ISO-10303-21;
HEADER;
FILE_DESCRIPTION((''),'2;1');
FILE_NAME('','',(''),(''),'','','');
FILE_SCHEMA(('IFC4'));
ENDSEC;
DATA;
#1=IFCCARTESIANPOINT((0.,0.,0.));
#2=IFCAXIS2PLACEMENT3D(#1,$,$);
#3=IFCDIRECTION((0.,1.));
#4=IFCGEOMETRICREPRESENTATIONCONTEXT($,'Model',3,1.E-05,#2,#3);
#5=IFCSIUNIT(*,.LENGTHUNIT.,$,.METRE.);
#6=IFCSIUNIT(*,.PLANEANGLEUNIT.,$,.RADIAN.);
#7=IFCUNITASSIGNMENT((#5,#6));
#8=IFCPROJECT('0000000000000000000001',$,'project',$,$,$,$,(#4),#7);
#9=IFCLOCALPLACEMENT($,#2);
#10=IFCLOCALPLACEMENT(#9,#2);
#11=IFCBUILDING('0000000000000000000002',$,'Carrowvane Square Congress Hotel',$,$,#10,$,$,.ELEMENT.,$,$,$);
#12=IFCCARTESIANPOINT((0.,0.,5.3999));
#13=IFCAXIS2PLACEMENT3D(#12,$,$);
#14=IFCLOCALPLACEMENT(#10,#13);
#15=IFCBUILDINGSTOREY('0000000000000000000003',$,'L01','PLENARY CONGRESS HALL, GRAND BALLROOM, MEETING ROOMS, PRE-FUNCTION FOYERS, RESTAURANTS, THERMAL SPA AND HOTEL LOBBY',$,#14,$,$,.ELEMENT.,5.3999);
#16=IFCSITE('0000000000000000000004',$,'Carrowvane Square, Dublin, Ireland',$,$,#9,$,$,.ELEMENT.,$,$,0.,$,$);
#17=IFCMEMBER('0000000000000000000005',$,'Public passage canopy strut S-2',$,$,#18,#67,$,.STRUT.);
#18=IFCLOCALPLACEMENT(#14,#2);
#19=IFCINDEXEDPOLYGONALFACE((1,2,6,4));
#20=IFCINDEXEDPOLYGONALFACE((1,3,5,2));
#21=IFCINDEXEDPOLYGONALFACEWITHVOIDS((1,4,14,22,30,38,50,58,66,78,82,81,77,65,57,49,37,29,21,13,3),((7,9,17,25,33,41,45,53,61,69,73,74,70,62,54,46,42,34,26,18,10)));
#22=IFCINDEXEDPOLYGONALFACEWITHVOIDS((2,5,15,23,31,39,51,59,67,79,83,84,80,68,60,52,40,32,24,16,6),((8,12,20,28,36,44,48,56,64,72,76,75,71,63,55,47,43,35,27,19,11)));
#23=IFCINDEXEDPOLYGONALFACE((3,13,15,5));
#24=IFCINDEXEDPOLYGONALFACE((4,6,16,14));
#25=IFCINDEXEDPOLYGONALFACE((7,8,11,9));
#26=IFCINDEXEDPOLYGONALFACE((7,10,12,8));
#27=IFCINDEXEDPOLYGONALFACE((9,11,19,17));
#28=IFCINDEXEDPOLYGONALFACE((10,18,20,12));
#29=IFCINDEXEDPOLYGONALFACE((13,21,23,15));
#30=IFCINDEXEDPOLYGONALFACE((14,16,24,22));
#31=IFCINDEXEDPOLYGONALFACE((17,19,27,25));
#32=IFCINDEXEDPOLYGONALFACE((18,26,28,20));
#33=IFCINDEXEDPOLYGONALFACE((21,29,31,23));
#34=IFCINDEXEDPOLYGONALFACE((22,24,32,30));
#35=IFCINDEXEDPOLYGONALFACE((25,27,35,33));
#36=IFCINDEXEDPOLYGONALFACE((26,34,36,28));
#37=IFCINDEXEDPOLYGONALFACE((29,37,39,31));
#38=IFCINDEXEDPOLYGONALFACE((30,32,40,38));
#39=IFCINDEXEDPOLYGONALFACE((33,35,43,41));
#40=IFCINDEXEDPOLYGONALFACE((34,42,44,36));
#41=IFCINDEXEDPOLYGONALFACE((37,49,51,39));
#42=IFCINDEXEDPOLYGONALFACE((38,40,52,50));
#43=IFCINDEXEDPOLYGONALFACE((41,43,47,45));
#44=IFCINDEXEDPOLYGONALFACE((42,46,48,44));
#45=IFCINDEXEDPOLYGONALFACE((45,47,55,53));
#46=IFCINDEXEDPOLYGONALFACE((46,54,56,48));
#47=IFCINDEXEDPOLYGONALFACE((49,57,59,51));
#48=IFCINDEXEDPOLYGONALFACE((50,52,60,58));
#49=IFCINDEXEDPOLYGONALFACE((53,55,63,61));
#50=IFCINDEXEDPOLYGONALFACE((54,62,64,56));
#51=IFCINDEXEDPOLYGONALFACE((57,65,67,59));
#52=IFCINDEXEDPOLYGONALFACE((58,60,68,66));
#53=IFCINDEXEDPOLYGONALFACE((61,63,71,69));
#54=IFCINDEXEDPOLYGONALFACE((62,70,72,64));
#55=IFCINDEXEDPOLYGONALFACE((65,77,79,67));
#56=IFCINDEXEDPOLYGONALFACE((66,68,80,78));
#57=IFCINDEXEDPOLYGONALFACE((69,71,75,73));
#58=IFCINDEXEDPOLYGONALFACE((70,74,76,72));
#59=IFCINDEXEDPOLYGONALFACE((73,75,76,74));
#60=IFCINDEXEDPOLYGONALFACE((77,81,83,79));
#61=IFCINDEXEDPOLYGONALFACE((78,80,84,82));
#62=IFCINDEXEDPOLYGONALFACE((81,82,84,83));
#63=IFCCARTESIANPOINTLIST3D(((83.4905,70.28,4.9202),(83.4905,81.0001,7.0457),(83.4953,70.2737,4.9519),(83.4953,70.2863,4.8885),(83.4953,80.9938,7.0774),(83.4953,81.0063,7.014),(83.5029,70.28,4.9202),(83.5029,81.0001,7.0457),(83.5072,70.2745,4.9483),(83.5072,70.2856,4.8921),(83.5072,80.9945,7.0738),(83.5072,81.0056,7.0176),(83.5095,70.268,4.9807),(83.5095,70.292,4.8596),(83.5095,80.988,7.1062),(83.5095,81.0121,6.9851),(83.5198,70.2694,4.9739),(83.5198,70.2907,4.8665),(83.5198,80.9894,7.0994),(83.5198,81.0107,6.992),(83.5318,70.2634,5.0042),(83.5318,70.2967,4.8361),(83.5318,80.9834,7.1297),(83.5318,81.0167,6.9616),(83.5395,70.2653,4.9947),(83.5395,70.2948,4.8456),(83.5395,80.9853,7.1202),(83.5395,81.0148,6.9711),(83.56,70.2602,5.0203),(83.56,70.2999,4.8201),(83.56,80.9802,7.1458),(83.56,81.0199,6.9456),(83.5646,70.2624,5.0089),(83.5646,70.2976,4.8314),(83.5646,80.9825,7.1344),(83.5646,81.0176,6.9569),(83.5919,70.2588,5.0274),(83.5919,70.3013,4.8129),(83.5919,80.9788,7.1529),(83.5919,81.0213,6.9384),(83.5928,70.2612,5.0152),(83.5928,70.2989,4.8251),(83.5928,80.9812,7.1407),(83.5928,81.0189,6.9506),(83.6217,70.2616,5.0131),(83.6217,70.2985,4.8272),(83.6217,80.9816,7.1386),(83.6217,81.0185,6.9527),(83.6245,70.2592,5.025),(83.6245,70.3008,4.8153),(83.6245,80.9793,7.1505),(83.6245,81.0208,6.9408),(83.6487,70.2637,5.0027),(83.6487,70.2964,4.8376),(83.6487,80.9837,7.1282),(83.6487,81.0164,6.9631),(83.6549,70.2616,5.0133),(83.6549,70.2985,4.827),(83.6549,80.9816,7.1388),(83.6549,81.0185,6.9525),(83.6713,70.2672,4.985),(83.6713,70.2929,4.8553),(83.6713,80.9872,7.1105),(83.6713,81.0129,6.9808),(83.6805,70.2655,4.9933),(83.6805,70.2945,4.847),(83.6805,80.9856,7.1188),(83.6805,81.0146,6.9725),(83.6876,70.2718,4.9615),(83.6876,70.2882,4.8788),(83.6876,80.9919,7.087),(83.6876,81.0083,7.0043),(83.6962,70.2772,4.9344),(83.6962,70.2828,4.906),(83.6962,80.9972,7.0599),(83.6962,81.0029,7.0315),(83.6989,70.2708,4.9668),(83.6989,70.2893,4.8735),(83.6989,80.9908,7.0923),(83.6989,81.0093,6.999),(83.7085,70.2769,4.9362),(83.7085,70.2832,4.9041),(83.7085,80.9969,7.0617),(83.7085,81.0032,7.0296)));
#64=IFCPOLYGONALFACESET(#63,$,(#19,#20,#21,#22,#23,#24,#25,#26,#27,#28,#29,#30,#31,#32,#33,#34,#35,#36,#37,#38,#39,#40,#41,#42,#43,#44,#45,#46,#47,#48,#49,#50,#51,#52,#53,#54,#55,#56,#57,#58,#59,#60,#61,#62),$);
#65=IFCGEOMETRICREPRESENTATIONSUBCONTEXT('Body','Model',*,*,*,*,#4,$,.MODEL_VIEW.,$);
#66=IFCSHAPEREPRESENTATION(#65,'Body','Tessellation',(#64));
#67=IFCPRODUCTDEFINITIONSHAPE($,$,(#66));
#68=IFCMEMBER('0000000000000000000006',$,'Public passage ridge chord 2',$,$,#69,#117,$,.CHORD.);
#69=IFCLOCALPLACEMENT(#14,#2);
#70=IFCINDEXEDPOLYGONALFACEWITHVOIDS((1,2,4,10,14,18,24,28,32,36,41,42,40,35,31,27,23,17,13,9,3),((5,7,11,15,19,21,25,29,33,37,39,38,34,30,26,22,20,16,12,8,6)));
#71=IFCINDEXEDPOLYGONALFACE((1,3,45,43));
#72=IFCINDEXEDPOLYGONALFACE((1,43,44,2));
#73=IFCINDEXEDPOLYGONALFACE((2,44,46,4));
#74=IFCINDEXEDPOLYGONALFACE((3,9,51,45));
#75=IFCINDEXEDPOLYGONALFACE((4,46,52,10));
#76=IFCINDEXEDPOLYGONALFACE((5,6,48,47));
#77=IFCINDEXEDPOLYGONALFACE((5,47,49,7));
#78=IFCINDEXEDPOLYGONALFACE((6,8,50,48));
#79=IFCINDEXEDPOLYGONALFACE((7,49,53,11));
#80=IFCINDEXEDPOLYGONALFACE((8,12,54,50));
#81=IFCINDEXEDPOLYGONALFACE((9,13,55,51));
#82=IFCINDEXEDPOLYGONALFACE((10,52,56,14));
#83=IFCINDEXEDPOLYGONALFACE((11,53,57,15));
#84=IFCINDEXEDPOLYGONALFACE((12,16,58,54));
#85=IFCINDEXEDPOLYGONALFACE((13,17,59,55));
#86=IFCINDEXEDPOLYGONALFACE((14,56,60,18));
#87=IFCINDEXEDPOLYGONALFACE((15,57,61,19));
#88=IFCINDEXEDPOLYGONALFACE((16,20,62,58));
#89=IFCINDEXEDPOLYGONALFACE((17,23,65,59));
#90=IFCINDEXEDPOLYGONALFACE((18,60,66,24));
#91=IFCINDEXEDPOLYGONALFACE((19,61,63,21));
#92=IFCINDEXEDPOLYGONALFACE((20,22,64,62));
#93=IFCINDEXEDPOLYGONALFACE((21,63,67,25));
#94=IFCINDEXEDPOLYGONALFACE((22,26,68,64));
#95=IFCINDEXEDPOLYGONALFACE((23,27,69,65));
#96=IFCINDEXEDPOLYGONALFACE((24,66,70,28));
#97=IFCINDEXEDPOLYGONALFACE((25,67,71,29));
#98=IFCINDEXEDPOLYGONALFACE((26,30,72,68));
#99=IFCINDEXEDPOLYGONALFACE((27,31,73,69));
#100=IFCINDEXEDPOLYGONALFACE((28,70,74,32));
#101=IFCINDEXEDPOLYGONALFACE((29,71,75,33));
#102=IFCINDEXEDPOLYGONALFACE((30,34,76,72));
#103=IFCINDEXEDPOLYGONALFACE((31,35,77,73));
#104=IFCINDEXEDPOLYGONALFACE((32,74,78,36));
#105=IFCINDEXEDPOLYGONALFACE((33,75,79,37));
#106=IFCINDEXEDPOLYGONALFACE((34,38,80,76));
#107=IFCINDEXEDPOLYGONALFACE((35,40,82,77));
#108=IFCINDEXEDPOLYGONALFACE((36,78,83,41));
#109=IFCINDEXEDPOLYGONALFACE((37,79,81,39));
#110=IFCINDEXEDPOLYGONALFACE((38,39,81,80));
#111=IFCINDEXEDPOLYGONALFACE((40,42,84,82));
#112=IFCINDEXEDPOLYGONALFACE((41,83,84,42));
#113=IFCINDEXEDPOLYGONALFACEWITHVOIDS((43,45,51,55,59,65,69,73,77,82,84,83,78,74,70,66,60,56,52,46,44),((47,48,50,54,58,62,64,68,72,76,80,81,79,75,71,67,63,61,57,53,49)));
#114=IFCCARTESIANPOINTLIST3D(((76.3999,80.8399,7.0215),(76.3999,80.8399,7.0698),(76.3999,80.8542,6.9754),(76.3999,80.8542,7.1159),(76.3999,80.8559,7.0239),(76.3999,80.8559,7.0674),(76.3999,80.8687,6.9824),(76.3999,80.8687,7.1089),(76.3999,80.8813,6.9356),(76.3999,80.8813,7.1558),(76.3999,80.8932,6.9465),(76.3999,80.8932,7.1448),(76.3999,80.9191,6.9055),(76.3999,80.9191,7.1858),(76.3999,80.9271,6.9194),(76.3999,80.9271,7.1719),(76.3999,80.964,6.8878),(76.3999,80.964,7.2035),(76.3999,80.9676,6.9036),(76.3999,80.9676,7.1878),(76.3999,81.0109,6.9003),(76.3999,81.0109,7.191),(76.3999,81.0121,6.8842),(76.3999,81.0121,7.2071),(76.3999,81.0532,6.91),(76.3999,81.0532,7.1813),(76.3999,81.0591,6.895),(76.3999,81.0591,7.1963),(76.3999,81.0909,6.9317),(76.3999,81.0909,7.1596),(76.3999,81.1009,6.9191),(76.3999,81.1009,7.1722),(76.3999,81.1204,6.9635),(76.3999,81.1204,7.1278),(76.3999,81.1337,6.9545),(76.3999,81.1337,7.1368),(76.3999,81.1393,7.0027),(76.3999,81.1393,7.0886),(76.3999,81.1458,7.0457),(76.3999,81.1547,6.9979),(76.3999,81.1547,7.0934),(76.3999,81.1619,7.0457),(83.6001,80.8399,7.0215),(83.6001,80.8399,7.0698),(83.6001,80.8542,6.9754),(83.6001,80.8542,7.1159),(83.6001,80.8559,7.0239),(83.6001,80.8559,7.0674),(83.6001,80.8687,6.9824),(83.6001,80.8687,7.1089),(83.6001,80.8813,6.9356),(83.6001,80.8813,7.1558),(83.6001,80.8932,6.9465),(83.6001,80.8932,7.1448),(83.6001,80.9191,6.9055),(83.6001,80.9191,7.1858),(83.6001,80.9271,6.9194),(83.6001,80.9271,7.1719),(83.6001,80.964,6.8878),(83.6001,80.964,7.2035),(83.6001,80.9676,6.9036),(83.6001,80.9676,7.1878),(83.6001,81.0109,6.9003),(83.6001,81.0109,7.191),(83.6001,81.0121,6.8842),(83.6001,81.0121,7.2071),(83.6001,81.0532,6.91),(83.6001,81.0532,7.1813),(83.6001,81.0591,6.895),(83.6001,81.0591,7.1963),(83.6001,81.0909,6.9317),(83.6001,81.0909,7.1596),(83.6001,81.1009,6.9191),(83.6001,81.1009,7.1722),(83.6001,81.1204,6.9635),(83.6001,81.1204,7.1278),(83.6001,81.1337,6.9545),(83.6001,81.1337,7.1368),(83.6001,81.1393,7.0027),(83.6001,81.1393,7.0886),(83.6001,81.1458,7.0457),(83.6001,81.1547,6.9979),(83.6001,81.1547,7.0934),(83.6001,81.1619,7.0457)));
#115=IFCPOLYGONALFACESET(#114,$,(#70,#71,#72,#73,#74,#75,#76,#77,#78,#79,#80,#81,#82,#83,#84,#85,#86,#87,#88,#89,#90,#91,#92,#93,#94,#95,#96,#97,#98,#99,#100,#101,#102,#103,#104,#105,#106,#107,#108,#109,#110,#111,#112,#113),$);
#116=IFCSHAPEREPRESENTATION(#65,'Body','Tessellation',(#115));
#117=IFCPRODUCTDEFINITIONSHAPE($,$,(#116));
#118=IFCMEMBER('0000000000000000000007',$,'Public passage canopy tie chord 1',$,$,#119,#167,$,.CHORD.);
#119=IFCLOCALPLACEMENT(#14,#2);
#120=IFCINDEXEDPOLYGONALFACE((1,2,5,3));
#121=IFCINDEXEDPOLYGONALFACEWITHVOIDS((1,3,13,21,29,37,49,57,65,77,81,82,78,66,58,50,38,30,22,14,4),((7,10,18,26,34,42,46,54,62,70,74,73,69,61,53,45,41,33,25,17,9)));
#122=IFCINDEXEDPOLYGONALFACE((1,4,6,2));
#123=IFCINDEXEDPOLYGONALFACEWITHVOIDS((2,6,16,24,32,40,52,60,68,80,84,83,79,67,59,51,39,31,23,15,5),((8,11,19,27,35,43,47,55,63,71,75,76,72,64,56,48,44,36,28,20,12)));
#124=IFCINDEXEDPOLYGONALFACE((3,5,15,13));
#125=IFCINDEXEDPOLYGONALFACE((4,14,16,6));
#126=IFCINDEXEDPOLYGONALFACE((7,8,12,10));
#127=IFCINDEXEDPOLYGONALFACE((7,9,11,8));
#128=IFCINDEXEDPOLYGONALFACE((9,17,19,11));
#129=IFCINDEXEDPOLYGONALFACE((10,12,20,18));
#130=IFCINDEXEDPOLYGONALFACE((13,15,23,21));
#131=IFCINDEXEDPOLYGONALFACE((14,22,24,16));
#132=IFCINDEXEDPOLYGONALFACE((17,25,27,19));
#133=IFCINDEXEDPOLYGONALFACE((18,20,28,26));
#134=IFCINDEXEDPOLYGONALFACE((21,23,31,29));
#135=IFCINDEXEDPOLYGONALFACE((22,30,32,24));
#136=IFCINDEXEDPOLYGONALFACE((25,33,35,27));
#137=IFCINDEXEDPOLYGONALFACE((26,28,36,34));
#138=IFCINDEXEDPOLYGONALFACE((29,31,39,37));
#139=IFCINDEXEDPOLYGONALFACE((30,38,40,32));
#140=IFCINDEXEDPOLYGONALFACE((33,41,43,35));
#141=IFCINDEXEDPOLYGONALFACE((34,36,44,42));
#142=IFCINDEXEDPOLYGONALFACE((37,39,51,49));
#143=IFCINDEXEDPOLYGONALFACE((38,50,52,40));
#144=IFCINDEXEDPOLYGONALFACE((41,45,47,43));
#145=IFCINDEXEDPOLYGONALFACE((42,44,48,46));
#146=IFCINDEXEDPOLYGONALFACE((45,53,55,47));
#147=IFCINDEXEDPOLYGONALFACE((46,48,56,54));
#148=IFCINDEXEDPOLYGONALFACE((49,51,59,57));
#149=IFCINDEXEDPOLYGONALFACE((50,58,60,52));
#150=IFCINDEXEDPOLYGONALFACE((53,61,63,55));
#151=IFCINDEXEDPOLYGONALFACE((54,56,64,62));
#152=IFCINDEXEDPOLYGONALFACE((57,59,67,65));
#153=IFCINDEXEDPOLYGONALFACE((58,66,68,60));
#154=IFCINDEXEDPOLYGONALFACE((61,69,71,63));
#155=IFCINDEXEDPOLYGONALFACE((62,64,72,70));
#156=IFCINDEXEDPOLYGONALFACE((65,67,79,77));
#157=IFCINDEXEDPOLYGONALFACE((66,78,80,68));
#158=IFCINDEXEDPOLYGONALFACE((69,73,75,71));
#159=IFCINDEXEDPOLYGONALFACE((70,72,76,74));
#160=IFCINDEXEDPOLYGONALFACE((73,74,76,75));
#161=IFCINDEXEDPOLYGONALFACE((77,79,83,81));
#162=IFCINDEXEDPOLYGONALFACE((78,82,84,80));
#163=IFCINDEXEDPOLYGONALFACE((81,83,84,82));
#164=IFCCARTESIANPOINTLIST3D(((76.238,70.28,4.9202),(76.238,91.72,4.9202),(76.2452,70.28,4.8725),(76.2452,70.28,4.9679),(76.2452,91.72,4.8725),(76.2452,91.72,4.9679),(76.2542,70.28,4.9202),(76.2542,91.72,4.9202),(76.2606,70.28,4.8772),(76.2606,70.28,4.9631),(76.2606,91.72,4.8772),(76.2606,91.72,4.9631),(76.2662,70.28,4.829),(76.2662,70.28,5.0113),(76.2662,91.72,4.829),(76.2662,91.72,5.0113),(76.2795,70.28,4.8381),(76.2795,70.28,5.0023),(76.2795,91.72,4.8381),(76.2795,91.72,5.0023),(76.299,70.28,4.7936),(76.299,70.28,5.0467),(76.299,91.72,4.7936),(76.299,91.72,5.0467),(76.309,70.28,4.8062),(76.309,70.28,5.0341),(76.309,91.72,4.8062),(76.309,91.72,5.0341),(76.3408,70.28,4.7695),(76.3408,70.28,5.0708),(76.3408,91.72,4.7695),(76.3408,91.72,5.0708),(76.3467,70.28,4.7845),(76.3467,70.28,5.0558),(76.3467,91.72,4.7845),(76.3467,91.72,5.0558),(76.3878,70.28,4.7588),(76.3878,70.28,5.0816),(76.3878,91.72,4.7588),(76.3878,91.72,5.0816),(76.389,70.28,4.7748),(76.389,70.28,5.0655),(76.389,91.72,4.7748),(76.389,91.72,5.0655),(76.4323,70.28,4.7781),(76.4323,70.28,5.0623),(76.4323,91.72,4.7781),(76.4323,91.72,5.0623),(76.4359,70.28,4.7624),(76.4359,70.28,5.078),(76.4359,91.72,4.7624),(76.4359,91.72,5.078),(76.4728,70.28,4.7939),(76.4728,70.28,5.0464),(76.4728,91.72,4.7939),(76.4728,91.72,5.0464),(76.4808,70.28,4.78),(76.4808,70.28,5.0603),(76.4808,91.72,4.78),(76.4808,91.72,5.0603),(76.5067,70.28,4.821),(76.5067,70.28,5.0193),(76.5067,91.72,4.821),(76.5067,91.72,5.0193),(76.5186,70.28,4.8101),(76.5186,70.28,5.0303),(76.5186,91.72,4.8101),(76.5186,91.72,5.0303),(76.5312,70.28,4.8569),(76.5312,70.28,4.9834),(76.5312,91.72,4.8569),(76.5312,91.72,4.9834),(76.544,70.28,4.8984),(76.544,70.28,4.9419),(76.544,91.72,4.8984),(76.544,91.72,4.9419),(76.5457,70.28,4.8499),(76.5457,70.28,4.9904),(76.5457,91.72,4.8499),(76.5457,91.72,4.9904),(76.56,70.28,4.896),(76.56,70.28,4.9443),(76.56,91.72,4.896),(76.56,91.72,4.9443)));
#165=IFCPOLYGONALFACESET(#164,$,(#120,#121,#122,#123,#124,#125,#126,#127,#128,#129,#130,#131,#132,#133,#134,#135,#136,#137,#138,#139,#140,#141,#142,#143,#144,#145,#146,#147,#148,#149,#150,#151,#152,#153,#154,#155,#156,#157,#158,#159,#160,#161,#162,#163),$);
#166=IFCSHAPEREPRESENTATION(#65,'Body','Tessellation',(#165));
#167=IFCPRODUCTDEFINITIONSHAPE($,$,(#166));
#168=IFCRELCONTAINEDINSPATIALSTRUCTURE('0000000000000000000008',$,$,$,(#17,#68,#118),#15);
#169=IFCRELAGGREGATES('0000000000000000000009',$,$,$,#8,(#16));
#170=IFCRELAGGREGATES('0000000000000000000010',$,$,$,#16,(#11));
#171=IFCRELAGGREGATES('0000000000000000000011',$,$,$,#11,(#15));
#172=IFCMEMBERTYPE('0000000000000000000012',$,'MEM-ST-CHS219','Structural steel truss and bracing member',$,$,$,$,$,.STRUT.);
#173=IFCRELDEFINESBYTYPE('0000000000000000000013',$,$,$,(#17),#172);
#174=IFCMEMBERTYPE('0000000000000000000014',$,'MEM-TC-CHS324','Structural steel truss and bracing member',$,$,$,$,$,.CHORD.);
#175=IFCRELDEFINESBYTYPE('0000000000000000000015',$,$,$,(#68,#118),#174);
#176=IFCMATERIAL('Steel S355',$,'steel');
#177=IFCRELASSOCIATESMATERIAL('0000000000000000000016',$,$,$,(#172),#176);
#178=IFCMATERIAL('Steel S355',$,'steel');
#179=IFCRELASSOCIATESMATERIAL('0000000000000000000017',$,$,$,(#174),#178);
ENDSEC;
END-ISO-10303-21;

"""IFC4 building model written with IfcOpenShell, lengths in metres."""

from ifc_helpers import new_model, si_unit, direction, frame, origin, origin_2d, place, context, subcontext, project, spatial, hollow_circle, extrude, material, material_profile, profile_set, type_object, element, save


model = new_model("IFC4")

# Units and contexts
model_context = context("Model", 3, precision=1e-05, world=origin(), true_north=direction((0.0, 1.0)))
body_context = subcontext(model_context, "Body", "Model", "MODEL_VIEW")
ifc_project = project(units=[si_unit("LENGTHUNIT", "METRE"), si_unit("PLANEANGLEUNIT", "RADIAN")], contexts=[model_context])

# Site, building, storey
site_placement = place(None, origin())
site = spatial("IfcSite", under=ifc_project, at=site_placement, Name="Carrowvane Square, Dublin, Ireland", CompositionType="ELEMENT", RefElevation=0.0)
building_placement = place(site_placement, origin())
building = spatial("IfcBuilding", under=site, at=building_placement, Name="Carrowvane Square Congress Hotel", CompositionType="ELEMENT")
storey_placement = place(building_placement, frame((0.0, 0.0, 5.3999)))
storey = spatial("IfcBuildingStorey", under=building, at=storey_placement, Name="L01", Description="PLENARY CONGRESS HALL, GRAND BALLROOM, MEETING ROOMS, PRE-FUNCTION FOYERS, RESTAURANTS, THERMAL SPA AND HOTEL LOBBY", CompositionType="ELEMENT", Elevation=5.3999)

# Members
ifc_material_1 = material(Name="Steel S355", Category="steel")
ifc_material_profile_1 = material_profile(ifc_material_1, hollow_circle(Radius=0.1096, WallThickness=0.0125, at=origin_2d()), Name="CHS 219.1x12.5")
ifc_profile_set_1 = profile_set([ifc_material_profile_1], Name="Steel S355")
member_type_1 = type_object("IfcMemberType", Name="MEM-ST-CHS219", Description="Structural steel truss and bracing member", PredefinedType="STRUT", material=ifc_profile_set_1)
for number, where, z_axis, x_axis, name in (
    (1, (83.6001, 70.28, 4.9202), (0.0, 0.980905, 0.194488), (-1.0, 0.0, 0.0), "Public passage canopy strut S-2"),
):
    element("IfcMember", number, at=place(storey_placement, frame(where, z_axis=z_axis, x_axis=x_axis)), inside=storey, type_object=member_type_1, Name=name, PredefinedType="STRUT", context=body_context, shape_type="SweptSolid", body=[
        extrude(hollow_circle(Radius=0.1096, WallThickness=0.0125, at=origin_2d()), origin(), (0.0, 0.0, 1.0), 10.9287),
    ])
ifc_material_2 = material(Name="Steel S355", Category="steel")
ifc_material_profile_2 = material_profile(ifc_material_2, hollow_circle(Radius=0.1619, WallThickness=0.0161, at=origin_2d()), Name="CHS 323.9x16")
ifc_profile_set_2 = profile_set([ifc_material_profile_2], Name="Steel S355")
member_type_2 = type_object("IfcMemberType", Name="MEM-TC-CHS324", Description="Structural steel truss and bracing member", PredefinedType="CHORD", material=ifc_profile_set_2)
member_1_placement = place(storey_placement, frame((76.3999, 81.0, 7.0457), z_axis=(1.0, 0.0, 0.0), x_axis=(0.0, 1.0, 0.0)))
element("IfcMember", 2, at=member_1_placement, inside=storey, type_object=member_type_2, Name="Public passage ridge chord 2", PredefinedType="CHORD", context=body_context, shape_type="SweptSolid", body=[
    extrude(hollow_circle(Radius=0.1619, WallThickness=0.0161, at=origin_2d()), origin(), (0.0, 0.0, 1.0), 7.2002),
])
for number, where, z_axis, x_axis, name in (
    (3, (76.3999, 70.28, 4.9202), (0.0, 1.0, 0.0), (-1.0, 0.0, 0.0), "Public passage canopy tie chord 1"),
):
    element("IfcMember", number, at=place(storey_placement, frame(where, z_axis=z_axis, x_axis=x_axis)), inside=storey, type_object=member_type_2, Name=name, PredefinedType="CHORD", context=body_context, shape_type="SweptSolid", body=[
        extrude(hollow_circle(Radius=0.1619, WallThickness=0.0161, at=origin_2d()), origin(), (0.0, 0.0, 1.0), 21.4399),
    ])

save(model, "model.ifc")
